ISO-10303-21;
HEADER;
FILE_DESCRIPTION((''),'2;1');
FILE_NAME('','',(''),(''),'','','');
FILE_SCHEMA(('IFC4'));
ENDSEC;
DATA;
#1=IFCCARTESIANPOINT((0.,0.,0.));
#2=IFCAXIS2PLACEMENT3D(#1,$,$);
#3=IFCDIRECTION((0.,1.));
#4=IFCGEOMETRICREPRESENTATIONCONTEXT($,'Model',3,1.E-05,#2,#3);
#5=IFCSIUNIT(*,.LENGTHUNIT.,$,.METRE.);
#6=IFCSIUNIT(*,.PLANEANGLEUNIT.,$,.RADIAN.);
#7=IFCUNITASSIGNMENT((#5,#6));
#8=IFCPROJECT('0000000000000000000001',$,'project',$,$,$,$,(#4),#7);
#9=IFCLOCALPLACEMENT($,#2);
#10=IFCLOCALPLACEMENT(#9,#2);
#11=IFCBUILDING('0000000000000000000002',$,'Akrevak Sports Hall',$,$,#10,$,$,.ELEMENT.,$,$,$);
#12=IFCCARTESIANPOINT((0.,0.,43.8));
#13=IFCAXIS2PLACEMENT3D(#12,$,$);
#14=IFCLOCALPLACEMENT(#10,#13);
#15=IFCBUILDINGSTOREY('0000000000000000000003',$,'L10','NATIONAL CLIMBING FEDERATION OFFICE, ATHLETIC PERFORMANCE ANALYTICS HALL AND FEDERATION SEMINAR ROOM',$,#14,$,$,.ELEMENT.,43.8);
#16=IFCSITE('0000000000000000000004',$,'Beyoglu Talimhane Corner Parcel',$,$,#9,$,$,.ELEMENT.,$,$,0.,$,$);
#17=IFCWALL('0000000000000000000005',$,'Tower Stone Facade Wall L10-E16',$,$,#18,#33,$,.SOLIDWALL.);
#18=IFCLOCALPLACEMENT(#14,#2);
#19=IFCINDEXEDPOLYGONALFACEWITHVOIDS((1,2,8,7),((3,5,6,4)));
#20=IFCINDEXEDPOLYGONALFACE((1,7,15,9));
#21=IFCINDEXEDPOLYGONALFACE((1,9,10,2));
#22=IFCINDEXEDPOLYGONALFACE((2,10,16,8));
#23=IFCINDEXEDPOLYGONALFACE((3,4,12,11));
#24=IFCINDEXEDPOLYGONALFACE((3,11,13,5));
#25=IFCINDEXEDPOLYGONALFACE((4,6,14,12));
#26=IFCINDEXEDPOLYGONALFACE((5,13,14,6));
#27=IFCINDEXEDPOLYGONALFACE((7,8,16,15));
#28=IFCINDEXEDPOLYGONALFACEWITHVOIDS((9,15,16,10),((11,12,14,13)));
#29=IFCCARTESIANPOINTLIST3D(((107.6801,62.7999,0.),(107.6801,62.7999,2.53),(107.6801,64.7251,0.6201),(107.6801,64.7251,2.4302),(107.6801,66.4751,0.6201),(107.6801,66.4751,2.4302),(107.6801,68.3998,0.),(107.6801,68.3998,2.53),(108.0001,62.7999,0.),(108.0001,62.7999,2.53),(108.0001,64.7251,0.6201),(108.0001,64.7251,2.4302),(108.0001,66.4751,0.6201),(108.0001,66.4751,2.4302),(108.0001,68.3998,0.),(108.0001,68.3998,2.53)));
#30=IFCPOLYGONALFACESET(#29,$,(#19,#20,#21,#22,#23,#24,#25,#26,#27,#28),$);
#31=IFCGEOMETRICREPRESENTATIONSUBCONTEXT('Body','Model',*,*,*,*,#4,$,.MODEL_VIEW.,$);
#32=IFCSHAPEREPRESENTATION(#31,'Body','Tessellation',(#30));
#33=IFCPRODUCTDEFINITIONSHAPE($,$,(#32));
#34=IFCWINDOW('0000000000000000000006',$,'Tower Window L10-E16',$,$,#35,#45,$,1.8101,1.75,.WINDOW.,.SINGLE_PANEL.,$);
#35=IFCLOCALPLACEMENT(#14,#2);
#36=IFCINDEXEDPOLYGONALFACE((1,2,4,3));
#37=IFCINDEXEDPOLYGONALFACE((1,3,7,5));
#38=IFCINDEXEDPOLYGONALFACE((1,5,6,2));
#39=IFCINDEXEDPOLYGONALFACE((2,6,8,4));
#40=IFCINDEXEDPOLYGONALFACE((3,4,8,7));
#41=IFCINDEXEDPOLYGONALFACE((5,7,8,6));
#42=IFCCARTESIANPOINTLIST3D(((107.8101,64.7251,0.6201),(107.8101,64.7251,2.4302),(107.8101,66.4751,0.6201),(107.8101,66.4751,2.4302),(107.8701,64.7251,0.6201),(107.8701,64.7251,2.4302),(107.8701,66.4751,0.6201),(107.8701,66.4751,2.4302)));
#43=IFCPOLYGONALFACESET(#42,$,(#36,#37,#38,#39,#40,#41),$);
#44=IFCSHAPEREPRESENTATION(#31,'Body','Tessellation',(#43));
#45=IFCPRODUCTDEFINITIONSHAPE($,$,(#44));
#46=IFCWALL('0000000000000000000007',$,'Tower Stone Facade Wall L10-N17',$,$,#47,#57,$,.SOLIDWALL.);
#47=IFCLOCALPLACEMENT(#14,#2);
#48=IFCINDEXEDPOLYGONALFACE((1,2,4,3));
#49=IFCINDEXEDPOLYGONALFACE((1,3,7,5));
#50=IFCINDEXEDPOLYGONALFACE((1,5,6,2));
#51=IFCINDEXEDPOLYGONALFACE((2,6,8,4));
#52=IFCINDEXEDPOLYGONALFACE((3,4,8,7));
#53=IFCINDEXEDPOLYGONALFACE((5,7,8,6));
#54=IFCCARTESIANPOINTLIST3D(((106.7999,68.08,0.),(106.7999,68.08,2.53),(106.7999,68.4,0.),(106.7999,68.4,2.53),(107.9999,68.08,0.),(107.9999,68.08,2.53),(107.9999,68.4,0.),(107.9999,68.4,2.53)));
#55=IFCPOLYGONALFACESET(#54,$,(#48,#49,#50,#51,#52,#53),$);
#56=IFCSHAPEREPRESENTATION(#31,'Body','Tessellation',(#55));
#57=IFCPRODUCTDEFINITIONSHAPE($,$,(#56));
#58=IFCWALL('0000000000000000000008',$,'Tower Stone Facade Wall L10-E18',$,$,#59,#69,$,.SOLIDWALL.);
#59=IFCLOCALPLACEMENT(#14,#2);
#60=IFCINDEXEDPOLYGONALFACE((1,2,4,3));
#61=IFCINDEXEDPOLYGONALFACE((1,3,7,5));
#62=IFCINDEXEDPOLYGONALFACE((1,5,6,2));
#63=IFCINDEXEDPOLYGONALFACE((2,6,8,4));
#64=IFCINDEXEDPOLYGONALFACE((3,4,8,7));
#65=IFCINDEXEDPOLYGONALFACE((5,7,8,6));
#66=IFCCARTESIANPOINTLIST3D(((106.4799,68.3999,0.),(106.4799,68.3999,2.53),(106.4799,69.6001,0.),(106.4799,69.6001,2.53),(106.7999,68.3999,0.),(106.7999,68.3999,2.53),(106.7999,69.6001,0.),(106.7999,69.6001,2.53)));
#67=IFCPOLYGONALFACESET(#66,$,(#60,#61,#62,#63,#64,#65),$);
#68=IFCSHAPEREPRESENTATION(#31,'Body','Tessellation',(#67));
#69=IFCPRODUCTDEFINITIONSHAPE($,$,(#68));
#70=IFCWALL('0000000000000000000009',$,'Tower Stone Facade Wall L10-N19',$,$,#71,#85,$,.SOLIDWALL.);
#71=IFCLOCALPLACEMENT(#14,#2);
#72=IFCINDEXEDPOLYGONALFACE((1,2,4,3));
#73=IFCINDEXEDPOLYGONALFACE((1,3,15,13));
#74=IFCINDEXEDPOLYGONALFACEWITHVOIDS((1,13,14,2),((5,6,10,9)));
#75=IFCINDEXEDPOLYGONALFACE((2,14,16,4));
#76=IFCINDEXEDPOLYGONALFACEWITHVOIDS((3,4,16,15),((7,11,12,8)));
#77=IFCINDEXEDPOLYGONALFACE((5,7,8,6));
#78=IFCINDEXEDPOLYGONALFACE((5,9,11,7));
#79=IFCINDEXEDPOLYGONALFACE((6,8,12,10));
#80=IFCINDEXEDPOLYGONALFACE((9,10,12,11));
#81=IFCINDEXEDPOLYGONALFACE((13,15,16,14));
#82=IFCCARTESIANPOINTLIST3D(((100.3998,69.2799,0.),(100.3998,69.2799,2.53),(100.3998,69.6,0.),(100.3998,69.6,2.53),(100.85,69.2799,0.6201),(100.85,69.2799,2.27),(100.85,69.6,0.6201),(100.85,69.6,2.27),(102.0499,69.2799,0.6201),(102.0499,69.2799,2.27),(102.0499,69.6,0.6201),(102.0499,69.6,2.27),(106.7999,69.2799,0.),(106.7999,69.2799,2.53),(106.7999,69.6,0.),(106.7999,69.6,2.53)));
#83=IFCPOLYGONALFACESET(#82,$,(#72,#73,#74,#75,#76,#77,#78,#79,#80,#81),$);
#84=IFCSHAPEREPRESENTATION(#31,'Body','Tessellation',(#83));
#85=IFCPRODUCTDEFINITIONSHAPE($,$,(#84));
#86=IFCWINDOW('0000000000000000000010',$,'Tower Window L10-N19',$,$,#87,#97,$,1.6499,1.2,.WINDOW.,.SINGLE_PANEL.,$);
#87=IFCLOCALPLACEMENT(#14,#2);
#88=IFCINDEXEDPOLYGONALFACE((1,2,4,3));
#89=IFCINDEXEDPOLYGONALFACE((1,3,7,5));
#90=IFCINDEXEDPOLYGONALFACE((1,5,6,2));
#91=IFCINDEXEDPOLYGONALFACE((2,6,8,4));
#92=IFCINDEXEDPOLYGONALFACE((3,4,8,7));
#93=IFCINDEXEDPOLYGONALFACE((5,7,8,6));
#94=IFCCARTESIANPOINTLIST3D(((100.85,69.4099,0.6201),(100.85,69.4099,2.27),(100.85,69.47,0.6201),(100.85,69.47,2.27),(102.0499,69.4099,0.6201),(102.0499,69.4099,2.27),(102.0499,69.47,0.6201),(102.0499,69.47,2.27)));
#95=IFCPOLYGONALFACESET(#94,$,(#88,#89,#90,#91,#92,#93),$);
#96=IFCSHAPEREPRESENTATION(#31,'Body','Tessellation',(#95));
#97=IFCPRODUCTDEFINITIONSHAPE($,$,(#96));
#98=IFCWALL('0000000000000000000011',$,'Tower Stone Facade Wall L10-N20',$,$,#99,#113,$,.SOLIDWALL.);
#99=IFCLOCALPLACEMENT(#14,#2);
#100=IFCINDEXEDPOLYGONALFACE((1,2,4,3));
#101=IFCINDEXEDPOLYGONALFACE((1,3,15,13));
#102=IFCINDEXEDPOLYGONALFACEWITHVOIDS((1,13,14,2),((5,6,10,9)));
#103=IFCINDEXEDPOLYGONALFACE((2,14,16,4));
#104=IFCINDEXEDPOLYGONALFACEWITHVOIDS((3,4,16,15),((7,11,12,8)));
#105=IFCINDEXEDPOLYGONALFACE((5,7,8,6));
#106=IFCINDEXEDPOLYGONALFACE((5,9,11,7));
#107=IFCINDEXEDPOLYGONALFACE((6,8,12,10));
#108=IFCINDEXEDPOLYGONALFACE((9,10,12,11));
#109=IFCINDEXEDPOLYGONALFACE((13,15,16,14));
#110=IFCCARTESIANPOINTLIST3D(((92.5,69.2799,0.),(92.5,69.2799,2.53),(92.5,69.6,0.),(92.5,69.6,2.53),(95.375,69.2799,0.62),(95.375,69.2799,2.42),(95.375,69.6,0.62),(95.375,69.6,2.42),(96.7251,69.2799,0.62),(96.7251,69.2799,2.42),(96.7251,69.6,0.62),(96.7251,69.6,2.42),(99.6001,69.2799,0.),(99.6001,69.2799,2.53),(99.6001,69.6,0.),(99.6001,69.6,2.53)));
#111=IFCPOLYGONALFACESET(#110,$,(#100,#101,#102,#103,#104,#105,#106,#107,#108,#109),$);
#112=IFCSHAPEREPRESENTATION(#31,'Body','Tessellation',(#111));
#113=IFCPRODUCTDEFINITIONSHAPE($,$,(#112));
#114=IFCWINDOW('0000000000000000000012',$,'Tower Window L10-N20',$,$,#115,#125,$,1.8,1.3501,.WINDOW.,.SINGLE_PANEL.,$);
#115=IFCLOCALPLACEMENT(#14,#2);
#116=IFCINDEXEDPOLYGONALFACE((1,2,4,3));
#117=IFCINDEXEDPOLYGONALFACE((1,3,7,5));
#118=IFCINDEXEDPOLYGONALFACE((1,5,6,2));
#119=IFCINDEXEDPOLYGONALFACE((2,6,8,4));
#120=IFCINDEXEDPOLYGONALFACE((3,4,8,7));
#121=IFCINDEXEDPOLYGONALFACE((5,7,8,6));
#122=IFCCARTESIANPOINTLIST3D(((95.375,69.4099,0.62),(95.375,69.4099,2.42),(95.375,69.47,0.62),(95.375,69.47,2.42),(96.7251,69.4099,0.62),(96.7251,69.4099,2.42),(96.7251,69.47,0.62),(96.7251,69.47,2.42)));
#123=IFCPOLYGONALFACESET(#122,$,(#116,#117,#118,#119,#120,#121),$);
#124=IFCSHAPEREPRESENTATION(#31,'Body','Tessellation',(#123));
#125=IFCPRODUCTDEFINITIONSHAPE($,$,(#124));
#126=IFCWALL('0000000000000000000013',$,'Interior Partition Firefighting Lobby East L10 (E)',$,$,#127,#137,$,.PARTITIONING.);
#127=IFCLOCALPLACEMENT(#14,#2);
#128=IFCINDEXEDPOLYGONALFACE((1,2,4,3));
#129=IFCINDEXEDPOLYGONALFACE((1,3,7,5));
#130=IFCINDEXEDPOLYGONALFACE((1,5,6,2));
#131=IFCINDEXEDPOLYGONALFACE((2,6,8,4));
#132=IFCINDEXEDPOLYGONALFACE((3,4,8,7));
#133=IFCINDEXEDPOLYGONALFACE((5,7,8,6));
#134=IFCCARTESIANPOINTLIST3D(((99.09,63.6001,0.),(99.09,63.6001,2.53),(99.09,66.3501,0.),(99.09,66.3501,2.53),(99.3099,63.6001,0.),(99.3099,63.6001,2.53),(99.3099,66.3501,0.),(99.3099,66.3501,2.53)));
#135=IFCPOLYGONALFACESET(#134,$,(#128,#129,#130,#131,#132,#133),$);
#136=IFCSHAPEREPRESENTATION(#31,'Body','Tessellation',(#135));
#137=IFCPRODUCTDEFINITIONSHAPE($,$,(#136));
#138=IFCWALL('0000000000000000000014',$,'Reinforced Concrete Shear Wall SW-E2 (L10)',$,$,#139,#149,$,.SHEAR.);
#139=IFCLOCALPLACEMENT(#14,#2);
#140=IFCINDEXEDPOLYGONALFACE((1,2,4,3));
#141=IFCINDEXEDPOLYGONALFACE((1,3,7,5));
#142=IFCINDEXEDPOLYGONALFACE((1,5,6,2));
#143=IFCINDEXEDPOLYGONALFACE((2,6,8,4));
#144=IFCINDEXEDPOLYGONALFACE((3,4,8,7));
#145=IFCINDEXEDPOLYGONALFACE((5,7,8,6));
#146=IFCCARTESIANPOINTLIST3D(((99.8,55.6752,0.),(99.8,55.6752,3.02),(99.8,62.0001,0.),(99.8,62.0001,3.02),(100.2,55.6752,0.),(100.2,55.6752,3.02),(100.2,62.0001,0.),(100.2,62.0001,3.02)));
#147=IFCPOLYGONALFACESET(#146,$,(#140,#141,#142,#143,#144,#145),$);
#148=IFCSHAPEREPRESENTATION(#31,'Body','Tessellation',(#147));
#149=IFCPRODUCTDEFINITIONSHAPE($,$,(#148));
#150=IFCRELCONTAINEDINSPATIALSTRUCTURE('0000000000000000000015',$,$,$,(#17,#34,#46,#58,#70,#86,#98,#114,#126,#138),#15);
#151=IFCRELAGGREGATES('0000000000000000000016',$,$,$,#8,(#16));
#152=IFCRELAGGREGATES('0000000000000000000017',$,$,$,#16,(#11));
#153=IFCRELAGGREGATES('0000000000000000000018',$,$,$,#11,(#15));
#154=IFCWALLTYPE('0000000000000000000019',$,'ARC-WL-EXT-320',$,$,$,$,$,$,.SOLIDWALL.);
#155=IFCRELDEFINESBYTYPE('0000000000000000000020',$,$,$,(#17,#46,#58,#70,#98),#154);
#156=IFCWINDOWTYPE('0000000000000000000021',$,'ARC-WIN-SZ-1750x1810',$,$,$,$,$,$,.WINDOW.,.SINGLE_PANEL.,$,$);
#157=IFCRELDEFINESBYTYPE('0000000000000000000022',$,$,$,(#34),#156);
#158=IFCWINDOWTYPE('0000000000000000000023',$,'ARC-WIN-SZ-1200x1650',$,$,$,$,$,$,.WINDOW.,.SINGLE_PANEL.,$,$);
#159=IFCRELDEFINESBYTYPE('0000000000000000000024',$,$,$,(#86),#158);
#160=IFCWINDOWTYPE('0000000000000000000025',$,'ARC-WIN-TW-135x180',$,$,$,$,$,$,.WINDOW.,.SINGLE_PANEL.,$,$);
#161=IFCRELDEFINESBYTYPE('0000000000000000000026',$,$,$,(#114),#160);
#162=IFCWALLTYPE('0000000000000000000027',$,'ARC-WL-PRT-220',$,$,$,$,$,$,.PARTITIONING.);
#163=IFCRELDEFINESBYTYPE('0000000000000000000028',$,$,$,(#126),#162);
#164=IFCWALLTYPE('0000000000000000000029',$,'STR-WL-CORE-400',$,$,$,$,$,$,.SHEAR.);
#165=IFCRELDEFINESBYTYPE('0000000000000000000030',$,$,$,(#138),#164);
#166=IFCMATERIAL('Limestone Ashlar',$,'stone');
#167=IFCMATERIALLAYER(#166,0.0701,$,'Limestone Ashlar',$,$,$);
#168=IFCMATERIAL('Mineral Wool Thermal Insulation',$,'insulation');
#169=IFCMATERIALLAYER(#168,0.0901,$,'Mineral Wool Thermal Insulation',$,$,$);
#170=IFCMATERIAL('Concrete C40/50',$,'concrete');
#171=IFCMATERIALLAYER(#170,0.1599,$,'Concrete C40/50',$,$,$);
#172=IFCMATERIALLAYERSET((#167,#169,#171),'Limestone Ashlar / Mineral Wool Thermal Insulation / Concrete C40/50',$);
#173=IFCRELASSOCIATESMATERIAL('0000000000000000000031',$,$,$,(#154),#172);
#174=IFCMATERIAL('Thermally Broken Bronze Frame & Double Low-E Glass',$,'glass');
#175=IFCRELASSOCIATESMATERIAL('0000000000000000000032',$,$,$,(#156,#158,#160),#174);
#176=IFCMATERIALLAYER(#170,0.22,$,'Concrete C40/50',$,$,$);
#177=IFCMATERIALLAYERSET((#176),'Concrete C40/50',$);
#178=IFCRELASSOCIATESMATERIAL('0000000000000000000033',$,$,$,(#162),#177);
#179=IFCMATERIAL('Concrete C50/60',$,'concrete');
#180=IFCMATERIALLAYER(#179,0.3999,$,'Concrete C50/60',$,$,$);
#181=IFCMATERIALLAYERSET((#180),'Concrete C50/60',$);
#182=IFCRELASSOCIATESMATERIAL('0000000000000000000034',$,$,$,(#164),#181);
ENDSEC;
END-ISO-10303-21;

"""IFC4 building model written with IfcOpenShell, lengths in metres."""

from ifc_helpers import new_model, si_unit, direction, frame, frame_2d, origin, place, context, subcontext, project, spatial, rectangle, extrude, material, layer, layer_set, type_object, element, fill, save


model = new_model("IFC4")

# Units and contexts
model_context = context("Model", 3, precision=1e-05, world=origin(), true_north=direction((0.0, 1.0)))
body_context = subcontext(model_context, "Body", "Model", "MODEL_VIEW")
ifc_project = project(units=[si_unit("LENGTHUNIT", "METRE"), si_unit("PLANEANGLEUNIT", "RADIAN")], contexts=[model_context])

# Site, building, storey
site_placement = place(None, origin())
site = spatial("IfcSite", under=ifc_project, at=site_placement, Name="Beyoglu Talimhane Corner Parcel", CompositionType="ELEMENT", RefElevation=0.0)
building_placement = place(site_placement, origin())
building = spatial("IfcBuilding", under=site, at=building_placement, Name="Akrevak Sports Hall", CompositionType="ELEMENT")
storey_placement = place(building_placement, frame((0.0, 0.0, 43.8)))
storey = spatial("IfcBuildingStorey", under=building, at=storey_placement, Name="L10", Description="NATIONAL CLIMBING FEDERATION OFFICE, ATHLETIC PERFORMANCE ANALYTICS HALL AND FEDERATION SEMINAR ROOM", CompositionType="ELEMENT", Elevation=43.8)

# Shared definitions
ifc_material_1 = material(Name="Concrete C40/50", Category="concrete")
ifc_material_2 = material(Name="Concrete C50/60", Category="concrete")

# Wall, opening, window
ifc_material_3 = material(Name="Limestone Ashlar", Category="stone")
ifc_layer_1 = layer(ifc_material_3, 0.0701, Name="Limestone Ashlar")
ifc_material_4 = material(Name="Mineral Wool Thermal Insulation", Category="insulation")
ifc_layer_2 = layer(ifc_material_4, 0.0901, Name="Mineral Wool Thermal Insulation")
ifc_layer_3 = layer(ifc_material_1, 0.1599, Name="Concrete C40/50")
ifc_layer_set_1 = layer_set([ifc_layer_1, ifc_layer_2, ifc_layer_3], Name="Limestone Ashlar / Mineral Wool Thermal Insulation / Concrete C40/50")
wall_type_1 = type_object("IfcWallType", Name="ARC-WL-EXT-320", PredefinedType="SOLIDWALL", material=ifc_layer_set_1)
ifc_material_5 = material(Name="Thermally Broken Bronze Frame & Double Low-E Glass", Category="glass")
wall_1_placement = place(storey_placement, frame((107.8401, 62.8, 0.0), z_axis=(0.0, 0.0, 1.0), x_axis=(0.0, 1.0, 0.0)))
wall_1 = element("IfcWall", 1, at=wall_1_placement, inside=storey, type_object=wall_type_1, Name="Tower Stone Facade Wall L10-E16", PredefinedType="SOLIDWALL", context=body_context, shape_type="SweptSolid", body=[
    extrude(rectangle(XDim=5.5999, YDim=0.3201, at=frame_2d((2.7998, 0.0))), origin(), (0.0, 0.0, 1.0), 2.53),
])
opening_1_placement = place(wall_1_placement, frame((1.925, 0.0, 0.6201)))
opening_1 = element("IfcOpeningElement", 2, at=opening_1_placement, cuts=wall_1, PredefinedType="OPENING", context=body_context, shape_type="SweptSolid", body=[
    extrude(rectangle(XDim=1.75, YDim=1.8101, at=frame_2d((0.875, 0.905))), frame((0.0, 0.1719, 0.0), z_axis=(0.0, -1.0, 0.0), x_axis=(1.0, 0.0, 0.0)), (0.0, 0.0, 1.0), 0.344),
])
window_type_1 = type_object("IfcWindowType", Name="ARC-WIN-SZ-1750x1810", PartitioningType="SINGLE_PANEL", PredefinedType="WINDOW", material=ifc_material_5)
window_1_placement = place(opening_1_placement, origin())
window_1 = element("IfcWindow", 3, at=window_1_placement, inside=storey, type_object=window_type_1, Name="Tower Window L10-E16", OverallHeight=1.8101, OverallWidth=1.75, PartitioningType="SINGLE_PANEL", PredefinedType="WINDOW", context=body_context, shape_type="SweptSolid", body=[
    extrude(rectangle(XDim=1.75, YDim=1.8101, at=frame_2d((0.875, 0.905))), frame((0.0, 0.03, 0.0), z_axis=(0.0, -1.0, 0.0), x_axis=(1.0, 0.0, 0.0)), (0.0, 0.0, 1.0), 0.0601),
])
fill(opening_1, window_1)

# Walls
wall_2_placement = place(storey_placement, frame((108.0, 68.24, 0.0), z_axis=(0.0, 0.0, 1.0), x_axis=(-1.0, 0.0, 0.0)))
element("IfcWall", 4, at=wall_2_placement, inside=storey, type_object=wall_type_1, Name="Tower Stone Facade Wall L10-N17", PredefinedType="SOLIDWALL", context=body_context, shape_type="SweptSolid", body=[
    extrude(rectangle(XDim=1.2, YDim=0.3201, at=frame_2d((0.6001, 0.0))), origin(), (0.0, 0.0, 1.0), 2.53),
])
wall_3_placement = place(storey_placement, frame((106.6399, 68.3999, 0.0), z_axis=(0.0, 0.0, 1.0), x_axis=(0.0, 1.0, 0.0)))
element("IfcWall", 5, at=wall_3_placement, inside=storey, type_object=wall_type_1, Name="Tower Stone Facade Wall L10-E18", PredefinedType="SOLIDWALL", context=body_context, shape_type="SweptSolid", body=[
    extrude(rectangle(XDim=1.2002, YDim=0.3201, at=frame_2d((0.6001, 0.0))), origin(), (0.0, 0.0, 1.0), 2.53),
])

# Walls, openings, windows
wall_4_placement = place(storey_placement, frame((106.8, 69.4399, 0.0), z_axis=(0.0, 0.0, 1.0), x_axis=(-1.0, 0.0, 0.0)))
wall_4 = element("IfcWall", 6, at=wall_4_placement, inside=storey, type_object=wall_type_1, Name="Tower Stone Facade Wall L10-N19", PredefinedType="SOLIDWALL", context=body_context, shape_type="SweptSolid", body=[
    extrude(rectangle(XDim=6.4001, YDim=0.3201, at=frame_2d((3.2002, 0.0))), origin(), (0.0, 0.0, 1.0), 2.53),
])
opening_2_placement = place(wall_4_placement, frame((4.75, 0.0, 0.6201)))
opening_2 = element("IfcOpeningElement", 7, at=opening_2_placement, cuts=wall_4, PredefinedType="OPENING", context=body_context, shape_type="SweptSolid", body=[
    extrude(rectangle(XDim=1.2, YDim=1.6499, at=frame_2d((0.6001, 0.825))), frame((0.0, 0.1719, 0.0), z_axis=(0.0, -1.0, 0.0), x_axis=(1.0, 0.0, 0.0)), (0.0, 0.0, 1.0), 0.344),
])
window_type_2 = type_object("IfcWindowType", Name="ARC-WIN-SZ-1200x1650", PartitioningType="SINGLE_PANEL", PredefinedType="WINDOW", material=ifc_material_5)
window_2_placement = place(opening_2_placement, origin())
window_2 = element("IfcWindow", 8, at=window_2_placement, inside=storey, type_object=window_type_2, Name="Tower Window L10-N19", OverallHeight=1.6499, OverallWidth=1.2, PartitioningType="SINGLE_PANEL", PredefinedType="WINDOW", context=body_context, shape_type="SweptSolid", body=[
    extrude(rectangle(XDim=1.2, YDim=1.6499, at=frame_2d((0.6001, 0.825))), frame((0.0, 0.03, 0.0), z_axis=(0.0, -1.0, 0.0), x_axis=(1.0, 0.0, 0.0)), (0.0, 0.0, 1.0), 0.0601),
])
fill(opening_2, window_2)
wall_5_placement = place(storey_placement, frame((99.6001, 69.4399, 0.0), z_axis=(0.0, 0.0, 1.0), x_axis=(-1.0, 0.0, 0.0)))
wall_5 = element("IfcWall", 9, at=wall_5_placement, inside=storey, type_object=wall_type_1, Name="Tower Stone Facade Wall L10-N20", PredefinedType="SOLIDWALL", context=body_context, shape_type="SweptSolid", body=[
    extrude(rectangle(XDim=7.1001, YDim=0.3201, at=frame_2d((3.55, 0.0))), origin(), (0.0, 0.0, 1.0), 2.53),
])
opening_3_placement = place(wall_5_placement, frame((2.875, 0.0, 0.6201)))
opening_3 = element("IfcOpeningElement", 10, at=opening_3_placement, cuts=wall_5, PredefinedType="OPENING", context=body_context, shape_type="SweptSolid", body=[
    extrude(rectangle(XDim=1.3501, YDim=1.8, at=frame_2d((0.675, 0.8999))), frame((0.0, 0.1719, 0.0), z_axis=(0.0, -1.0, 0.0), x_axis=(1.0, 0.0, 0.0)), (0.0, 0.0, 1.0), 0.344),
])
window_type_3 = type_object("IfcWindowType", Name="ARC-WIN-TW-135x180", PartitioningType="SINGLE_PANEL", PredefinedType="WINDOW", material=ifc_material_5)
window_3_placement = place(opening_3_placement, origin())
window_3 = element("IfcWindow", 11, at=window_3_placement, inside=storey, type_object=window_type_3, Name="Tower Window L10-N20", OverallHeight=1.8, OverallWidth=1.3501, PartitioningType="SINGLE_PANEL", PredefinedType="WINDOW", context=body_context, shape_type="SweptSolid", body=[
    extrude(rectangle(XDim=1.3501, YDim=1.8, at=frame_2d((0.675, 0.8999))), frame((0.0, 0.03, 0.0), z_axis=(0.0, -1.0, 0.0), x_axis=(1.0, 0.0, 0.0)), (0.0, 0.0, 1.0), 0.0601),
])
fill(opening_3, window_3)

# Walls
ifc_layer_4 = layer(ifc_material_1, 0.22, Name="Concrete C40/50")
ifc_layer_set_2 = layer_set([ifc_layer_4], Name="Concrete C40/50")
wall_type_2 = type_object("IfcWallType", Name="ARC-WL-PRT-220", PredefinedType="PARTITIONING", material=ifc_layer_set_2)
wall_6_placement = place(storey_placement, frame((99.2, 63.6001, 0.0), z_axis=(0.0, 0.0, 1.0), x_axis=(0.0, 1.0, 0.0)))
element("IfcWall", 12, at=wall_6_placement, inside=storey, type_object=wall_type_2, Name="Interior Partition Firefighting Lobby East L10 (E)", PredefinedType="PARTITIONING", context=body_context, shape_type="SweptSolid", body=[
    extrude(rectangle(XDim=2.75, YDim=0.22, at=frame_2d((1.375, 0.0))), origin(), (0.0, 0.0, 1.0), 2.53),
])
ifc_layer_5 = layer(ifc_material_2, 0.3999, Name="Concrete C50/60")
ifc_layer_set_3 = layer_set([ifc_layer_5], Name="Concrete C50/60")
wall_type_3 = type_object("IfcWallType", Name="STR-WL-CORE-400", PredefinedType="SHEAR", material=ifc_layer_set_3)
wall_7_placement = place(storey_placement, frame((100.0, 55.675, 0.0), z_axis=(0.0, 0.0, 1.0), x_axis=(0.0, 1.0, 0.0)))
element("IfcWall", 13, at=wall_7_placement, inside=storey, type_object=wall_type_3, Name="Reinforced Concrete Shear Wall SW-E2 (L10)", PredefinedType="SHEAR", context=body_context, shape_type="SweptSolid", body=[
    extrude(rectangle(XDim=6.325, YDim=0.3999, at=frame_2d((3.1626, 0.0))), origin(), (0.0, 0.0, 1.0), 3.02),
])

save(model, "model.ifc")
